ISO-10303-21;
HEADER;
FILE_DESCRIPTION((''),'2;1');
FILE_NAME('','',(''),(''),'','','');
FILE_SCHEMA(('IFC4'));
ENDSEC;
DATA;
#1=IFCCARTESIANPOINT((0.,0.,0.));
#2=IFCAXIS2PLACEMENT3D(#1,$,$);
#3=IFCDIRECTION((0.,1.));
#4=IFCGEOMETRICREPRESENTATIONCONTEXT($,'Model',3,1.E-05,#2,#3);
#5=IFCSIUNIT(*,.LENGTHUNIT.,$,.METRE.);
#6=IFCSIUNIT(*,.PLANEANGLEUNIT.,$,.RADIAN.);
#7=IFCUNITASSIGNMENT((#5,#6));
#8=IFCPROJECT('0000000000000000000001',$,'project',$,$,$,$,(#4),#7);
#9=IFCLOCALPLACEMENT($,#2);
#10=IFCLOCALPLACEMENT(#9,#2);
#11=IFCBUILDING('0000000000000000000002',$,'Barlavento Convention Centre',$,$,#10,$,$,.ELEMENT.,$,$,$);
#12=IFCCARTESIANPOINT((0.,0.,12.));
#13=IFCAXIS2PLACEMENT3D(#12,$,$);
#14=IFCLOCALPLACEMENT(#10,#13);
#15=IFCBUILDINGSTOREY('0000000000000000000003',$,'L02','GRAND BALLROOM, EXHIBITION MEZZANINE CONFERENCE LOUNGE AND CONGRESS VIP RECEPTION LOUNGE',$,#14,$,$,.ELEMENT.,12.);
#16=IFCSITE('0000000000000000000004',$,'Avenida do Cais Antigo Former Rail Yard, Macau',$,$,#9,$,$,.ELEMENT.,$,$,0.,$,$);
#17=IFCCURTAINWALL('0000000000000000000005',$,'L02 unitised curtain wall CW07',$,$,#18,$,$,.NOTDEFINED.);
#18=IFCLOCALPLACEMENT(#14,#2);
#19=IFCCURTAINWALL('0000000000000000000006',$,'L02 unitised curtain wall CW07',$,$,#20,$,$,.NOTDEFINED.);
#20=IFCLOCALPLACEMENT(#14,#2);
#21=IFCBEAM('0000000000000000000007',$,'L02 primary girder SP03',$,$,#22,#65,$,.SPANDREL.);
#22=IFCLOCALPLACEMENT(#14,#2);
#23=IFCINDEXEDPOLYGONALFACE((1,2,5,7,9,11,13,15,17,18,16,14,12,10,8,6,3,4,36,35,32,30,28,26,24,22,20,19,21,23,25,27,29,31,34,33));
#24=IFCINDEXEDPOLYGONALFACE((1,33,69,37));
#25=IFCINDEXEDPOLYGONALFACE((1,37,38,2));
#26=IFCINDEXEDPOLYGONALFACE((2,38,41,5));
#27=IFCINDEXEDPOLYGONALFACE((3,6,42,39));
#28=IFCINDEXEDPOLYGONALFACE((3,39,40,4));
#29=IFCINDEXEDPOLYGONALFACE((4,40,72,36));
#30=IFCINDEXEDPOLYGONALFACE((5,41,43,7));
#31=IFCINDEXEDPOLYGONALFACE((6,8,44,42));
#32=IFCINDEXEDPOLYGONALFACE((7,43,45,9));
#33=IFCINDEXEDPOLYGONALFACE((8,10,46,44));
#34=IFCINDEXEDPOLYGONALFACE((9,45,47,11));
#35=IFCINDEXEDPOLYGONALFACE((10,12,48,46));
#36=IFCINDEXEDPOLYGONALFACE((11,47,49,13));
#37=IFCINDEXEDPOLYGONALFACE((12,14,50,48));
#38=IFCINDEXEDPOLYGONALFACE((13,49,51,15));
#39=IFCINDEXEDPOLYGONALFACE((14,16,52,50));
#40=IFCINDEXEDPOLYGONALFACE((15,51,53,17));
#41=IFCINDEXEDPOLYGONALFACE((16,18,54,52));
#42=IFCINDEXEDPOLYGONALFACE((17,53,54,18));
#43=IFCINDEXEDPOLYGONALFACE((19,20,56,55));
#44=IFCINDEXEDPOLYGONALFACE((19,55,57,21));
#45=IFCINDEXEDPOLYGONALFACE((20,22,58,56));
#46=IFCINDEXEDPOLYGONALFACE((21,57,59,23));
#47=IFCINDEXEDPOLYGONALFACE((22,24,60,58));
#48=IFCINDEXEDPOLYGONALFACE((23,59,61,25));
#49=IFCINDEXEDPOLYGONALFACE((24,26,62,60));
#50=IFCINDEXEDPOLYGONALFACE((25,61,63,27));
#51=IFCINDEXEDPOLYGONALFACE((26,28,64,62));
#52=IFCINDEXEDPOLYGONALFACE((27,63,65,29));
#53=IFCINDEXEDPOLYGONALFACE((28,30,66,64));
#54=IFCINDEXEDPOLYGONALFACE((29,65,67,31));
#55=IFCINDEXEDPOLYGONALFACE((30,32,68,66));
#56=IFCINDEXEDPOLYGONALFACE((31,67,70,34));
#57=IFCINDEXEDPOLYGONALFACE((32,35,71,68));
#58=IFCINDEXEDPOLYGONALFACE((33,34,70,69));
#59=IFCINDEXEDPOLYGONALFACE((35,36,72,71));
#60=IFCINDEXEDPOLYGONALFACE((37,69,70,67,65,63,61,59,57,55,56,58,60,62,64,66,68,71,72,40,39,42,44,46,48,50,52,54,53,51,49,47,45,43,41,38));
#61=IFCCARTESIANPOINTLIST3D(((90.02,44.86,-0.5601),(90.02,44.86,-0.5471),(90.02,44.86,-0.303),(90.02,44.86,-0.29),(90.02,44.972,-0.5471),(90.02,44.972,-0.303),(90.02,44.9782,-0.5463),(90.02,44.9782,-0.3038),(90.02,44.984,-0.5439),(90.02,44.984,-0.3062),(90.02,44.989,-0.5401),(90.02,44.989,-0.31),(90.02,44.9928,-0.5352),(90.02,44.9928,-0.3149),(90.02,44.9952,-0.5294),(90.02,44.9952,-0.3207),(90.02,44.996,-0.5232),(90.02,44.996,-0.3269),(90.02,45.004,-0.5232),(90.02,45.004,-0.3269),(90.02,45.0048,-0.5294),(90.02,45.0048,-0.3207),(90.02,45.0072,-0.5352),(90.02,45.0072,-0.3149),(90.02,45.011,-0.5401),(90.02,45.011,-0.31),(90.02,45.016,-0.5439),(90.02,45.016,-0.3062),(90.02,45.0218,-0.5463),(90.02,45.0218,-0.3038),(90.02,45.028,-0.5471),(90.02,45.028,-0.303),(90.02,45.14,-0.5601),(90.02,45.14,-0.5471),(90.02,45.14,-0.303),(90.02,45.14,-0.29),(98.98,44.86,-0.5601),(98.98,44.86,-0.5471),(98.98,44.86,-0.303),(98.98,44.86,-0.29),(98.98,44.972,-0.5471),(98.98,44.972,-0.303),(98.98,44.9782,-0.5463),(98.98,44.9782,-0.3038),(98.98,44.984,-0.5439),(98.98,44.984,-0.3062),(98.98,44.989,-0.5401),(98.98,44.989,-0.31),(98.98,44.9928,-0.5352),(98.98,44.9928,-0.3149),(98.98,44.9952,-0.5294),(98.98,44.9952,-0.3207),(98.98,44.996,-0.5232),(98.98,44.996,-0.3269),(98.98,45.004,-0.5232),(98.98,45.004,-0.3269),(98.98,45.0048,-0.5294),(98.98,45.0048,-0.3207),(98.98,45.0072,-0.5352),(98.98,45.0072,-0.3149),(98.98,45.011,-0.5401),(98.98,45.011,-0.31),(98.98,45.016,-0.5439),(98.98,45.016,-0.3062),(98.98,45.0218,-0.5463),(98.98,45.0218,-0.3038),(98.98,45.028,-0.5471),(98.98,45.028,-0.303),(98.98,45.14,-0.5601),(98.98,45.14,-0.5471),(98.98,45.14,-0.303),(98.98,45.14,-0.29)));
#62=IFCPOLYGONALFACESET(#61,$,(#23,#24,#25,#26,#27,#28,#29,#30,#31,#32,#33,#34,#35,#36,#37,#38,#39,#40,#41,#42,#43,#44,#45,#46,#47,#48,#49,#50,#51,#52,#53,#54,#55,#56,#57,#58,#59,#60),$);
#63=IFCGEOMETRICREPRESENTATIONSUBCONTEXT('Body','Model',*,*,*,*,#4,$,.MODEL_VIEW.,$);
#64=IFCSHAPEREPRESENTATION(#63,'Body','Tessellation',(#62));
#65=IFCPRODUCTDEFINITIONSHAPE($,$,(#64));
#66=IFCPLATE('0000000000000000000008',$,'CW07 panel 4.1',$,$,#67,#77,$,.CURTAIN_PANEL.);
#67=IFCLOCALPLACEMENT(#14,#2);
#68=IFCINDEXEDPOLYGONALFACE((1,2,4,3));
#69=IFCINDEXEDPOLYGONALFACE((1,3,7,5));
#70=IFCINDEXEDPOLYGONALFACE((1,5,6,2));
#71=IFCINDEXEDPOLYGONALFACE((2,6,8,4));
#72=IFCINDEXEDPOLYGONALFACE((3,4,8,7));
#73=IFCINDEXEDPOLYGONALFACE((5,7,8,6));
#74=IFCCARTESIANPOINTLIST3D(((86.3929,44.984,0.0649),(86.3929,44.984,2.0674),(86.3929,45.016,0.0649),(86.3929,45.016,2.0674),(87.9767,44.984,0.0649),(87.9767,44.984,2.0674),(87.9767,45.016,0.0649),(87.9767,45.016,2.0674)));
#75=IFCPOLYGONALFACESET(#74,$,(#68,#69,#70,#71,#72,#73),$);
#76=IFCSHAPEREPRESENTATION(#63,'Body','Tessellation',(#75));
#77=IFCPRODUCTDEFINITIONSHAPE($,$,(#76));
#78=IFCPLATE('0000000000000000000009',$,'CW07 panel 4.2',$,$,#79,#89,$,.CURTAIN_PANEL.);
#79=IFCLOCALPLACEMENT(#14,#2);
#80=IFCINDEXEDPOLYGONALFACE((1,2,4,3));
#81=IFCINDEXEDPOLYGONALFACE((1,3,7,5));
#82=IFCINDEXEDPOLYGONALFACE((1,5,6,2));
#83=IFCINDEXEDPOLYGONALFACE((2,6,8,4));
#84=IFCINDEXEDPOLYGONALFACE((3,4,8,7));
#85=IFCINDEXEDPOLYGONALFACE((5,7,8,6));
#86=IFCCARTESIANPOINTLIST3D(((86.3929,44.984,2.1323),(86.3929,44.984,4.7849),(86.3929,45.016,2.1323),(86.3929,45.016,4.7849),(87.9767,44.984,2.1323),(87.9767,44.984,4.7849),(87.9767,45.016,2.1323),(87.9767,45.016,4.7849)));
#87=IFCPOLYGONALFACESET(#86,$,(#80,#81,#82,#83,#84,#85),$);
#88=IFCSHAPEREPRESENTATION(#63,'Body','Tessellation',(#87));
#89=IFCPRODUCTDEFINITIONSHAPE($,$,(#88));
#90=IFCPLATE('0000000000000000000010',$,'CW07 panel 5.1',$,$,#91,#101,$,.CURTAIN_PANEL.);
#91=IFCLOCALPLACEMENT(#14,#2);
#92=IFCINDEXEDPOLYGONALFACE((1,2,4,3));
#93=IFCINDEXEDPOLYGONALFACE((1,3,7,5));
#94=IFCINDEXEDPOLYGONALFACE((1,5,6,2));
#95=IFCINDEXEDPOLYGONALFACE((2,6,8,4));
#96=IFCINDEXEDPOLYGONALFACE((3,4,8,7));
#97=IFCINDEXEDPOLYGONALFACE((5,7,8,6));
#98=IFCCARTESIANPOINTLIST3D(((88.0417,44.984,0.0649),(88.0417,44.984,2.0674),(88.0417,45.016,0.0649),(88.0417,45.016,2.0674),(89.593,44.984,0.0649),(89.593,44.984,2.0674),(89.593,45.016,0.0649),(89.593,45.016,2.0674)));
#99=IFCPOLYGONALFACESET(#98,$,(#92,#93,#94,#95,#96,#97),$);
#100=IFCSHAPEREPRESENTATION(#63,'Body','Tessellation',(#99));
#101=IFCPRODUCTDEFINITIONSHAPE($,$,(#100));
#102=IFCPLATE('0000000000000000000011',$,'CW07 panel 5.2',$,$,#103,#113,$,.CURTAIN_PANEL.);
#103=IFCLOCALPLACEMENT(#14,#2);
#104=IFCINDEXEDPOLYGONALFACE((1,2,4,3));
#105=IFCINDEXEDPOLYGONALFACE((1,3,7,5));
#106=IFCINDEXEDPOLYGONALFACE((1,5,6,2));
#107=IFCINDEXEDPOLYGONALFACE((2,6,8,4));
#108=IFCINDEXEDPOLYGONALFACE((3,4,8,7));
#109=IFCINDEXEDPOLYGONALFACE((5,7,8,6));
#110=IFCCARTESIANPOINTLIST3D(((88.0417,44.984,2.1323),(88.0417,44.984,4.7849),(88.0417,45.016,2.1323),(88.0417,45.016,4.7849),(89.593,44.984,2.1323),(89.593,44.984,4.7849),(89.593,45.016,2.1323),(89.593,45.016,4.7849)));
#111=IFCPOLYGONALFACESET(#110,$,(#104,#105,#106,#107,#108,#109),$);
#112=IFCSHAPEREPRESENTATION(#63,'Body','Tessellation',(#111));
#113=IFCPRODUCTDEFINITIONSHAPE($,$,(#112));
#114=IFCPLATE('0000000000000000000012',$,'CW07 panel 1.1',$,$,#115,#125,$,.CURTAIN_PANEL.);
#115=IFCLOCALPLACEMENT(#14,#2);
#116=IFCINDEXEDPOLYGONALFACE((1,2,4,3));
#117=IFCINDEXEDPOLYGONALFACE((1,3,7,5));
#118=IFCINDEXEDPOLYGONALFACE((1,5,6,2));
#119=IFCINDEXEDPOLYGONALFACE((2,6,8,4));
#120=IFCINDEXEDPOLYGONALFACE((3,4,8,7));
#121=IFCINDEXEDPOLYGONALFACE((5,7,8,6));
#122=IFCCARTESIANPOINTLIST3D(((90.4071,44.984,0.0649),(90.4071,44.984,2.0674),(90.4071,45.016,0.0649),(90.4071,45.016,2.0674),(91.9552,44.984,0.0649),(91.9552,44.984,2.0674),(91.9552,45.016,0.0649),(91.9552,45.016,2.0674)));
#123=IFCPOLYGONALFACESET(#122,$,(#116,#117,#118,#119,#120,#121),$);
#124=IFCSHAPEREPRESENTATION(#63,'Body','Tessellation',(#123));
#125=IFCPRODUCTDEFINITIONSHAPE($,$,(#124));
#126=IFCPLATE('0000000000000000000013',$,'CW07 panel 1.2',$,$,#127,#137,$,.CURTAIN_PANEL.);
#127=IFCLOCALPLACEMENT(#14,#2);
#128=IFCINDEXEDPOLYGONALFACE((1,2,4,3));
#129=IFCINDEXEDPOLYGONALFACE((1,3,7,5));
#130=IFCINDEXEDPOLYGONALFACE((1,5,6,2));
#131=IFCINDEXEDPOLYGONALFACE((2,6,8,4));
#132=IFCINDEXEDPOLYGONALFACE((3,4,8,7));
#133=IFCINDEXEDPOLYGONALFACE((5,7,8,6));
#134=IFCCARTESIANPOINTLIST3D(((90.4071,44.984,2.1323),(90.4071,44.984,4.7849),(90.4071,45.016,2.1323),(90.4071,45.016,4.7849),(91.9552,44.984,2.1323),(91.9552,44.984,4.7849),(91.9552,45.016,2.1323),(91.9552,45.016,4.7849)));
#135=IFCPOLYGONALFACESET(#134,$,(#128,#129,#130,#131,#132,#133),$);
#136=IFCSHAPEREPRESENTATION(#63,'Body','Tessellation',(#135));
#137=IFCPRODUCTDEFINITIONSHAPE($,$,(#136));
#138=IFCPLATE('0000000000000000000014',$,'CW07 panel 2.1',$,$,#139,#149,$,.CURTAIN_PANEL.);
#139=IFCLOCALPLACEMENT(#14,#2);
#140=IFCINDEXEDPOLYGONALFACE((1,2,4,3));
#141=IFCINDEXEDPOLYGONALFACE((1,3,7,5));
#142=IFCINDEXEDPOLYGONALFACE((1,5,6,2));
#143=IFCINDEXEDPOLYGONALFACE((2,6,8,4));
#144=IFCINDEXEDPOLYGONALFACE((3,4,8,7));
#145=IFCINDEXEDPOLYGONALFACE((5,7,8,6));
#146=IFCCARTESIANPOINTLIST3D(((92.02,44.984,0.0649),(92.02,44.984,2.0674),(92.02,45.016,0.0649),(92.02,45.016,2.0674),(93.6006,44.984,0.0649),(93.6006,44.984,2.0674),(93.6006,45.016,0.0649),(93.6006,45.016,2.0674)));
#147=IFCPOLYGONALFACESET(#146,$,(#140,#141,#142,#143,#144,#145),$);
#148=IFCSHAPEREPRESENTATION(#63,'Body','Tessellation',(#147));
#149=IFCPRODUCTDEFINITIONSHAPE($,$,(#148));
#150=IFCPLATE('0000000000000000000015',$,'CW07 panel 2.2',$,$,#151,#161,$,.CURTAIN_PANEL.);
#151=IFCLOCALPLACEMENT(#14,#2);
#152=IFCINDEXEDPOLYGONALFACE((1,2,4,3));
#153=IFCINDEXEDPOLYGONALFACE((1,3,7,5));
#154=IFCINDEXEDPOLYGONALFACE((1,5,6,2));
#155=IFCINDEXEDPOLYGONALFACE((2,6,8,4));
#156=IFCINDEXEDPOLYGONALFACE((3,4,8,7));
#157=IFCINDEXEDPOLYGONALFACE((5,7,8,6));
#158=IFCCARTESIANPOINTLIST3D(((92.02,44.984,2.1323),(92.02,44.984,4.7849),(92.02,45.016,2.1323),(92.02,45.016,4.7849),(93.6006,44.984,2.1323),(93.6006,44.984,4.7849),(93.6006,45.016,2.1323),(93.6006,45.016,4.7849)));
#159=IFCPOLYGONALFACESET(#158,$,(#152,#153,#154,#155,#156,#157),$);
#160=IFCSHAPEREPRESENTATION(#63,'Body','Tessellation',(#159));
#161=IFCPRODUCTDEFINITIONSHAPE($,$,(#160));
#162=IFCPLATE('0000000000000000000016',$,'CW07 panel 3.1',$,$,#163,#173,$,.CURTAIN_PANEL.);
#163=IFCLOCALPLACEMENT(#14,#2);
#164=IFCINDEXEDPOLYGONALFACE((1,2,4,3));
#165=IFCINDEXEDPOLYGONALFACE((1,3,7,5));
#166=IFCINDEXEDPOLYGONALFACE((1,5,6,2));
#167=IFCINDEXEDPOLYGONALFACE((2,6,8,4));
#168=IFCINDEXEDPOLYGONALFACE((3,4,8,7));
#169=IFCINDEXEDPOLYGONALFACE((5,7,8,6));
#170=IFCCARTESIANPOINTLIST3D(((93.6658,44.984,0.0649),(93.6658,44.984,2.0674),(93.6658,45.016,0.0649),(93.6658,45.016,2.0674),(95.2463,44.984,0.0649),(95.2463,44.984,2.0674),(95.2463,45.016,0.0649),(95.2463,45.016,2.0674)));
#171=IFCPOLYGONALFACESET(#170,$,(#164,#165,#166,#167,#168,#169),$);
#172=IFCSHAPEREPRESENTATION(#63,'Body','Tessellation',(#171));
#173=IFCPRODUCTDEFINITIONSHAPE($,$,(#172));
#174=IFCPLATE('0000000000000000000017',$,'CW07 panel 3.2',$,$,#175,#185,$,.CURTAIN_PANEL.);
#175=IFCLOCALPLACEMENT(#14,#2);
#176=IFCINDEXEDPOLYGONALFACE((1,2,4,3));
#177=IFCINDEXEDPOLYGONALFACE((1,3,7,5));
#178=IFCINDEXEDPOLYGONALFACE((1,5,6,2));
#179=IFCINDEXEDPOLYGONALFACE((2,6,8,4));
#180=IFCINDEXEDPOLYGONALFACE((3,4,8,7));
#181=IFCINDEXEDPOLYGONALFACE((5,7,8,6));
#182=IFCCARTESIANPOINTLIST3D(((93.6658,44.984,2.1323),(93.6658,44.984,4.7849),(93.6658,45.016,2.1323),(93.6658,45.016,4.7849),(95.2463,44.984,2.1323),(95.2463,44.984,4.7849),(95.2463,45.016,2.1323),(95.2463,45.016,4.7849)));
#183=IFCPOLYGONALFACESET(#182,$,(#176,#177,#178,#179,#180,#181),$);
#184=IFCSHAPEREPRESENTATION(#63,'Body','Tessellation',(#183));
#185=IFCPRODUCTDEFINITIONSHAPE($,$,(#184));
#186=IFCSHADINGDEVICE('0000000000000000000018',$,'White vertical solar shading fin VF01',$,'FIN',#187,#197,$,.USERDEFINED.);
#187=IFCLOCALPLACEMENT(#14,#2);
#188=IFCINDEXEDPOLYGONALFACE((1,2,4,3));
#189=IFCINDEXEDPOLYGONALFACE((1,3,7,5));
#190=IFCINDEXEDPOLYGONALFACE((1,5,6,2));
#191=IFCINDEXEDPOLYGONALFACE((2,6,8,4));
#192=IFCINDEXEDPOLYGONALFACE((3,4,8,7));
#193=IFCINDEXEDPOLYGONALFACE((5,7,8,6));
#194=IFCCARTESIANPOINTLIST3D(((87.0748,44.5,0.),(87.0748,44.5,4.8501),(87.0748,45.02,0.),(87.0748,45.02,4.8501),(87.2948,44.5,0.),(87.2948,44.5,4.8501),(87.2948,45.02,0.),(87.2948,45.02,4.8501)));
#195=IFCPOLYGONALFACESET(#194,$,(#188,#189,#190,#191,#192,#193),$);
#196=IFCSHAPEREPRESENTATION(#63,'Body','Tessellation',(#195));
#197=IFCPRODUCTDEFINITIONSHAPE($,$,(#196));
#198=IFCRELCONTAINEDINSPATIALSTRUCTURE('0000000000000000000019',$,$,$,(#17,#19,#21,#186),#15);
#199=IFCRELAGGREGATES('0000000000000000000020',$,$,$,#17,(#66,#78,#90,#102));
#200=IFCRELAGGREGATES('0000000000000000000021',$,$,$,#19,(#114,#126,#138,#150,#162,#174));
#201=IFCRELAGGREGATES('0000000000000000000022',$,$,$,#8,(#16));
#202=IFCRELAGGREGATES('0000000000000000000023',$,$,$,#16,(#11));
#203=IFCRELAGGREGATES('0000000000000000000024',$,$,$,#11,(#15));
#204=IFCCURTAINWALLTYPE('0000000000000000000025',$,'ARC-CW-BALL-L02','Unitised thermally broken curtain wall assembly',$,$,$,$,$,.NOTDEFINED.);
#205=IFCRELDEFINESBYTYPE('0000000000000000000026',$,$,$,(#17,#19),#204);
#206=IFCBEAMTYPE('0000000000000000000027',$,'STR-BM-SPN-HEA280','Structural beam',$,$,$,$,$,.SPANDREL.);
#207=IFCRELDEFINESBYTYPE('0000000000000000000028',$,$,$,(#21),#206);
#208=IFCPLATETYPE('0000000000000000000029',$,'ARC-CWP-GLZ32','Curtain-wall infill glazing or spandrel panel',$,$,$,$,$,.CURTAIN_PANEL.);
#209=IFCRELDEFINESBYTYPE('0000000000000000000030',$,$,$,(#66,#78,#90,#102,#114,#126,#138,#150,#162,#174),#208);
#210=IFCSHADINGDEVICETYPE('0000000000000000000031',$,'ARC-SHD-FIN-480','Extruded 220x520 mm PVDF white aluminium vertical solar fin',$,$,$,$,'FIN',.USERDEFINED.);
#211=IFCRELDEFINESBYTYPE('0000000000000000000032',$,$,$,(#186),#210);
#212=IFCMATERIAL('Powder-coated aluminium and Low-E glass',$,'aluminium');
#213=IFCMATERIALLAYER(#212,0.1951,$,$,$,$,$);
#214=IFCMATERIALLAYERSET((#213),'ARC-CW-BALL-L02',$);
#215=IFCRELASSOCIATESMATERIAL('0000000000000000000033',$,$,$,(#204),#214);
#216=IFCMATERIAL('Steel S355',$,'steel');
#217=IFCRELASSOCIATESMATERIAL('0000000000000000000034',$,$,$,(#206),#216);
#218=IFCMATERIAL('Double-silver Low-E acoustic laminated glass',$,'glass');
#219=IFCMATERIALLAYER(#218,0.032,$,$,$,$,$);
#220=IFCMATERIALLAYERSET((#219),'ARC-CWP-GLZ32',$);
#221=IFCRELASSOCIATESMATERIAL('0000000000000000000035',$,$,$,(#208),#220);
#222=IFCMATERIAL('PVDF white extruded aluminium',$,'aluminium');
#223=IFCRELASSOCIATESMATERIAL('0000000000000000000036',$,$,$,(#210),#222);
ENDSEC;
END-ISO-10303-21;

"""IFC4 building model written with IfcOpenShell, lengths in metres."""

from ifc_helpers import new_model, si_unit, direction, frame, origin, origin_2d, place, context, subcontext, project, spatial, rectangle, i_section, extrude, material, layer, layer_set, material_profile, profile_set, type_object, element, aggregate, save


model = new_model("IFC4")

# Units and contexts
model_context = context("Model", 3, precision=1e-05, world=origin(), true_north=direction((0.0, 1.0)))
body_context = subcontext(model_context, "Body", "Model", "MODEL_VIEW")
ifc_project = project(units=[si_unit("LENGTHUNIT", "METRE"), si_unit("PLANEANGLEUNIT", "RADIAN")], contexts=[model_context])

# Site, building, storey
site_placement = place(None, origin())
site = spatial("IfcSite", under=ifc_project, at=site_placement, Name="Avenida do Cais Antigo Former Rail Yard, Macau", CompositionType="ELEMENT", RefElevation=0.0)
building_placement = place(site_placement, origin())
building = spatial("IfcBuilding", under=site, at=building_placement, Name="Barlavento Convention Centre", CompositionType="ELEMENT")
storey_placement = place(building_placement, frame((0.0, 0.0, 12.0)))
storey = spatial("IfcBuildingStorey", under=building, at=storey_placement, Name="L02", Description="GRAND BALLROOM, EXHIBITION MEZZANINE CONFERENCE LOUNGE AND CONGRESS VIP RECEPTION LOUNGE", CompositionType="ELEMENT", Elevation=12.0)

# Shared definitions
ifc_material_1 = material(Name="Steel S355", Category="steel")

# Curtain walls
ifc_material_2 = material(Name="Powder-coated aluminium and Low-E glass", Category="aluminium")
ifc_layer_1 = layer(ifc_material_2, 0.1951)
ifc_layer_set_1 = layer_set([ifc_layer_1], Name="ARC-CW-BALL-L02")
curtain_wall_type = type_object("IfcCurtainWallType", Name="ARC-CW-BALL-L02", Description="Unitised thermally broken curtain wall assembly", PredefinedType="NOTDEFINED", material=ifc_layer_set_1)
curtain_wall_1_placement = place(storey_placement, origin())
curtain_wall_1 = element("IfcCurtainWall", 1, at=curtain_wall_1_placement, inside=storey, type_object=curtain_wall_type, Name="L02 unitised curtain wall CW07", PredefinedType="NOTDEFINED")
curtain_wall_2_placement = place(storey_placement, origin())
curtain_wall_2 = element("IfcCurtainWall", 2, at=curtain_wall_2_placement, inside=storey, type_object=curtain_wall_type, Name="L02 unitised curtain wall CW07", PredefinedType="NOTDEFINED")

# Beam
ifc_material_profile_1 = material_profile(ifc_material_1, i_section(OverallWidth=0.28, OverallDepth=0.27, WebThickness=0.0081, FlangeThickness=0.0129, FilletRadius=0.0239, at=origin_2d()), Name="HEA 280")
ifc_profile_set_1 = profile_set([ifc_material_profile_1], Name="Steel S355")
beam_type = type_object("IfcBeamType", Name="STR-BM-SPN-HEA280", Description="Structural beam", PredefinedType="SPANDREL", material=ifc_profile_set_1)
beam_placement = place(storey_placement, frame((90.02, 45.0, -0.425), z_axis=(1.0, 0.0, 0.0), x_axis=(0.0, 1.0, 0.0)))
element("IfcBeam", 3, at=beam_placement, inside=storey, type_object=beam_type, Name="L02 primary girder SP03", PredefinedType="SPANDREL", context=body_context, shape_type="SweptSolid", body=[
    extrude(i_section(OverallWidth=0.28, OverallDepth=0.27, WebThickness=0.0081, FlangeThickness=0.0129, FilletRadius=0.0239, at=origin_2d()), origin(), (0.0, 0.0, 1.0), 8.96),
])

# Plates
ifc_material_3 = material(Name="Double-silver Low-E acoustic laminated glass", Category="glass")
ifc_layer_2 = layer(ifc_material_3, 0.032)
ifc_layer_set_2 = layer_set([ifc_layer_2], Name="ARC-CWP-GLZ32")
plate_type = type_object("IfcPlateType", Name="ARC-CWP-GLZ32", Description="Curtain-wall infill glazing or spandrel panel", PredefinedType="CURTAIN_PANEL", material=ifc_layer_set_2)
plate_1_placement = place(storey_placement, frame((87.1848, 45.0, 0.0649), z_axis=(0.0, 0.0, 1.0), x_axis=(1.0, 0.0, 0.0)))
plate_1 = element("IfcPlate", 4, at=plate_1_placement, type_object=plate_type, Name="CW07 panel 4.1", PredefinedType="CURTAIN_PANEL", context=body_context, shape_type="SweptSolid", body=[
    extrude(rectangle(XDim=1.5837, YDim=0.032, at=origin_2d()), origin(), (0.0, 0.0, 1.0), 2.0024),
])
plate_2_placement = place(storey_placement, frame((87.1848, 45.0, 2.1323), z_axis=(0.0, 0.0, 1.0), x_axis=(1.0, 0.0, 0.0)))
plate_2 = element("IfcPlate", 5, at=plate_2_placement, type_object=plate_type, Name="CW07 panel 4.2", PredefinedType="CURTAIN_PANEL", context=body_context, shape_type="SweptSolid", body=[
    extrude(rectangle(XDim=1.5837, YDim=0.032, at=origin_2d()), origin(), (0.0, 0.0, 1.0), 2.6526),
])
plate_3_placement = place(storey_placement, frame((88.8174, 45.0, 0.0649), z_axis=(0.0, 0.0, 1.0), x_axis=(1.0, 0.0, 0.0)))
plate_3 = element("IfcPlate", 6, at=plate_3_placement, type_object=plate_type, Name="CW07 panel 5.1", PredefinedType="CURTAIN_PANEL", context=body_context, shape_type="SweptSolid", body=[
    extrude(rectangle(XDim=1.5513, YDim=0.032, at=origin_2d()), origin(), (0.0, 0.0, 1.0), 2.0024),
])
plate_4_placement = place(storey_placement, frame((88.8174, 45.0, 2.1323), z_axis=(0.0, 0.0, 1.0), x_axis=(1.0, 0.0, 0.0)))
plate_4 = element("IfcPlate", 7, at=plate_4_placement, type_object=plate_type, Name="CW07 panel 5.2", PredefinedType="CURTAIN_PANEL", context=body_context, shape_type="SweptSolid", body=[
    extrude(rectangle(XDim=1.5513, YDim=0.032, at=origin_2d()), origin(), (0.0, 0.0, 1.0), 2.6526),
])
aggregate(curtain_wall_1, [plate_1, plate_2, plate_3, plate_4])
plate_5_placement = place(storey_placement, frame((91.1812, 45.0, 0.0649), z_axis=(0.0, 0.0, 1.0), x_axis=(1.0, 0.0, 0.0)))
plate_5 = element("IfcPlate", 8, at=plate_5_placement, type_object=plate_type, Name="CW07 panel 1.1", PredefinedType="CURTAIN_PANEL", context=body_context, shape_type="SweptSolid", body=[
    extrude(rectangle(XDim=1.5481, YDim=0.032, at=origin_2d()), origin(), (0.0, 0.0, 1.0), 2.0024),
])
plate_6_placement = place(storey_placement, frame((91.1812, 45.0, 2.1323), z_axis=(0.0, 0.0, 1.0), x_axis=(1.0, 0.0, 0.0)))
plate_6 = element("IfcPlate", 9, at=plate_6_placement, type_object=plate_type, Name="CW07 panel 1.2", PredefinedType="CURTAIN_PANEL", context=body_context, shape_type="SweptSolid", body=[
    extrude(rectangle(XDim=1.5481, YDim=0.032, at=origin_2d()), origin(), (0.0, 0.0, 1.0), 2.6526),
])
plate_7_placement = place(storey_placement, frame((92.8103, 45.0, 0.0649), z_axis=(0.0, 0.0, 1.0), x_axis=(1.0, 0.0, 0.0)))
plate_7 = element("IfcPlate", 10, at=plate_7_placement, type_object=plate_type, Name="CW07 panel 2.1", PredefinedType="CURTAIN_PANEL", context=body_context, shape_type="SweptSolid", body=[
    extrude(rectangle(XDim=1.5806, YDim=0.032, at=origin_2d()), origin(), (0.0, 0.0, 1.0), 2.0024),
])
plate_8_placement = place(storey_placement, frame((92.8103, 45.0, 2.1323), z_axis=(0.0, 0.0, 1.0), x_axis=(1.0, 0.0, 0.0)))
plate_8 = element("IfcPlate", 11, at=plate_8_placement, type_object=plate_type, Name="CW07 panel 2.2", PredefinedType="CURTAIN_PANEL", context=body_context, shape_type="SweptSolid", body=[
    extrude(rectangle(XDim=1.5806, YDim=0.032, at=origin_2d()), origin(), (0.0, 0.0, 1.0), 2.6526),
])
plate_9_placement = place(storey_placement, frame((94.4561, 45.0, 0.0649), z_axis=(0.0, 0.0, 1.0), x_axis=(1.0, 0.0, 0.0)))
plate_9 = element("IfcPlate", 12, at=plate_9_placement, type_object=plate_type, Name="CW07 panel 3.1", PredefinedType="CURTAIN_PANEL", context=body_context, shape_type="SweptSolid", body=[
    extrude(rectangle(XDim=1.5806, YDim=0.032, at=origin_2d()), origin(), (0.0, 0.0, 1.0), 2.0024),
])
plate_10_placement = place(storey_placement, frame((94.4561, 45.0, 2.1323), z_axis=(0.0, 0.0, 1.0), x_axis=(1.0, 0.0, 0.0)))
plate_10 = element("IfcPlate", 13, at=plate_10_placement, type_object=plate_type, Name="CW07 panel 3.2", PredefinedType="CURTAIN_PANEL", context=body_context, shape_type="SweptSolid", body=[
    extrude(rectangle(XDim=1.5806, YDim=0.032, at=origin_2d()), origin(), (0.0, 0.0, 1.0), 2.6526),
])
aggregate(curtain_wall_2, [plate_5, plate_6, plate_7, plate_8, plate_9, plate_10])

# Shading device
ifc_material_4 = material(Name="PVDF white extruded aluminium", Category="aluminium")
shading_device_type = type_object("IfcShadingDeviceType", Name="ARC-SHD-FIN-480", Description="Extruded 220x520 mm PVDF white aluminium vertical solar fin", ElementType="FIN", PredefinedType="USERDEFINED", material=ifc_material_4)
for number, where, z_axis, x_axis, name in (
    (14, (87.1848, 44.76, 0.0), (0.0, 0.0, 1.0), (1.0, 0.0, 0.0), "White vertical solar shading fin VF01"),
):
    element("IfcShadingDevice", number, at=place(storey_placement, frame(where, z_axis=z_axis, x_axis=x_axis)), inside=storey, type_object=shading_device_type, Name=name, ObjectType="FIN", PredefinedType="USERDEFINED", context=body_context, shape_type="SweptSolid", body=[
        extrude(rectangle(XDim=0.22, YDim=0.52, at=origin_2d()), origin(), (0.0, 0.0, 1.0), 4.8501),
    ])

save(model, "model.ifc")
